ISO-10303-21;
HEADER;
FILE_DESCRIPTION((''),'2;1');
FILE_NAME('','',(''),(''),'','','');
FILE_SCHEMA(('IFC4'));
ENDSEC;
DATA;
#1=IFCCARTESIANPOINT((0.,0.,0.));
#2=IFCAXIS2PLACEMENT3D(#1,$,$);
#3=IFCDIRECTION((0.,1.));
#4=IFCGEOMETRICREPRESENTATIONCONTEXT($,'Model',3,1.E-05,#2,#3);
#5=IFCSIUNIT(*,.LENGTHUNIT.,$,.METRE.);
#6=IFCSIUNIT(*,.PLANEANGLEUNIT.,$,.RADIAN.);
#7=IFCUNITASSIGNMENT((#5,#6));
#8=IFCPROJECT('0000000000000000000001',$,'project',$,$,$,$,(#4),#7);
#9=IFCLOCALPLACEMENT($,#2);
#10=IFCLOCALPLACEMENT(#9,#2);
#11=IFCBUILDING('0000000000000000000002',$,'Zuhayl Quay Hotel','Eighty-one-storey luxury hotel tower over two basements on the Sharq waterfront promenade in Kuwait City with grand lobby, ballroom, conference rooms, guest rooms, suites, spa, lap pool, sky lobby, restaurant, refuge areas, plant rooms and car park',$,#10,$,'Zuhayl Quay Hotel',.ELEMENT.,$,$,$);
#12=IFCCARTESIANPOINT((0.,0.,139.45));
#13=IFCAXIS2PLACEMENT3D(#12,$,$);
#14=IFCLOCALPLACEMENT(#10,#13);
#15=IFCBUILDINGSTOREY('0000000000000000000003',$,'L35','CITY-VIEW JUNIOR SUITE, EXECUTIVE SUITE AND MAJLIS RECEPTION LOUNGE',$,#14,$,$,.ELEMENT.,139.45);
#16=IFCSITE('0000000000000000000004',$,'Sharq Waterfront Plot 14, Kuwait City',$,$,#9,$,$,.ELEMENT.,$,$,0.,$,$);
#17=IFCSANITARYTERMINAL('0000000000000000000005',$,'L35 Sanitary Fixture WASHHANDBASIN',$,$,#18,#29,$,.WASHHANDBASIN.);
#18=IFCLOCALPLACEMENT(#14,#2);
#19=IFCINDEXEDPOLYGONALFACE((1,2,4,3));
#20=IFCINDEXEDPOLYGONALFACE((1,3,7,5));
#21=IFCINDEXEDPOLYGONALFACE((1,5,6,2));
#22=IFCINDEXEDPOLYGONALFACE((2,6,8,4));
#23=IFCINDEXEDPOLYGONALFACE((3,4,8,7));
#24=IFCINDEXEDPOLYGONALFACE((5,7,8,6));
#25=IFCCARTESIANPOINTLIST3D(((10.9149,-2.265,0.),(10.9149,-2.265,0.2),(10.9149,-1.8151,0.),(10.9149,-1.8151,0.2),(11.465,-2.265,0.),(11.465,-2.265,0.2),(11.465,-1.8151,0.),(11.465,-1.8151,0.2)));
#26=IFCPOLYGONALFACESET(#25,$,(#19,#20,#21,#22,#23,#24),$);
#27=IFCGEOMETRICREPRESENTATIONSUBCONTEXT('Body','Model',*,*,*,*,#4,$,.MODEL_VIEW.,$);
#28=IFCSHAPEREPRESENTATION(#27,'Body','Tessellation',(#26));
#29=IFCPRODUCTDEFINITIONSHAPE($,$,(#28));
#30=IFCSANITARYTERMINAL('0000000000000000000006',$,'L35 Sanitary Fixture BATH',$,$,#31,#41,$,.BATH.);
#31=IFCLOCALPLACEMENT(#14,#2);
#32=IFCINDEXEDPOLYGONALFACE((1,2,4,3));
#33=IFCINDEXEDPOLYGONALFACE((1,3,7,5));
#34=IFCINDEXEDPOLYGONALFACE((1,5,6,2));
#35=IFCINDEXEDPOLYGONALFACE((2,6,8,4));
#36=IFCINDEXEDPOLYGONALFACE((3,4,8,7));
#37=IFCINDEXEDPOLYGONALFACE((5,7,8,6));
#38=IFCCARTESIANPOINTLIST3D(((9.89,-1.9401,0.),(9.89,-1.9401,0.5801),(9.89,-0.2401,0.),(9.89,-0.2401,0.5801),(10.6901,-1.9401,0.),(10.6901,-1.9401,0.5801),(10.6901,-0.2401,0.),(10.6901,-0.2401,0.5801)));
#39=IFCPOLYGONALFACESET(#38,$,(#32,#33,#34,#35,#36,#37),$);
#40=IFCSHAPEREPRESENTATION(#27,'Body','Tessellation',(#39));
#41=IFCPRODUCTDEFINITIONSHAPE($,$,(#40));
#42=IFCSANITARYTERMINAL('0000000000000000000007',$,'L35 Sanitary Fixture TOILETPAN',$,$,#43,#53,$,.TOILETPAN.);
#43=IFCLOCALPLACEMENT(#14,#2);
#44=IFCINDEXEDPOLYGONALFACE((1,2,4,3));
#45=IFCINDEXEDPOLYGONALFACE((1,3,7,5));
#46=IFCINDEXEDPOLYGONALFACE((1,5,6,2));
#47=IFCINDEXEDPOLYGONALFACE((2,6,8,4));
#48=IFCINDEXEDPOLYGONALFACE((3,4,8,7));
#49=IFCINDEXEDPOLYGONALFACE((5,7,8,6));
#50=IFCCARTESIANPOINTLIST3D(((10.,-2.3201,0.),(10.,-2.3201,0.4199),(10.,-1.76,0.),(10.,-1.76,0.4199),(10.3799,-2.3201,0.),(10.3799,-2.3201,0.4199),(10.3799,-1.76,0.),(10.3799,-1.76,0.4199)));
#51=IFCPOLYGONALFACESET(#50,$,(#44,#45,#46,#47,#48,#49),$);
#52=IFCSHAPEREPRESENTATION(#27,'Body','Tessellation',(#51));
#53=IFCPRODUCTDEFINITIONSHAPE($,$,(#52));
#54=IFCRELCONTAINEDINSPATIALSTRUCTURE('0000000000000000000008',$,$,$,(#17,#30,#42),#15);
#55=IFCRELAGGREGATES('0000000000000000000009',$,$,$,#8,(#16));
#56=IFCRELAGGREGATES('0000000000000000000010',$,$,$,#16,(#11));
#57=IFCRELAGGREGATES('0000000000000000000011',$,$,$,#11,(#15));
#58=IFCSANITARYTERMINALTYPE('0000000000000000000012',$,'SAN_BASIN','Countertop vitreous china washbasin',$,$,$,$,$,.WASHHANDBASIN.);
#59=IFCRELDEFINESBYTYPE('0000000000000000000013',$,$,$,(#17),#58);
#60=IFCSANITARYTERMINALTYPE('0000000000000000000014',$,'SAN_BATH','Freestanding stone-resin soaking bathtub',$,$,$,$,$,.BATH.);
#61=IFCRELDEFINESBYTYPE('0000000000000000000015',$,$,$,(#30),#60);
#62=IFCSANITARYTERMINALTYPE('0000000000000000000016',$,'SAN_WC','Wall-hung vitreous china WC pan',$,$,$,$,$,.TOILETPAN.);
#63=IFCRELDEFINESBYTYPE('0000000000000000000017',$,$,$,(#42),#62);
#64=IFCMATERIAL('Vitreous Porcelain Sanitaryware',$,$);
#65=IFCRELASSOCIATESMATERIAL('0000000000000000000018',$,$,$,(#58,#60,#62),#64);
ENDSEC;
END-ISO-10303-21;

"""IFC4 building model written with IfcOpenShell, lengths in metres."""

from ifc_helpers import new_model, si_unit, direction, frame, origin, origin_2d, place, context, subcontext, project, spatial, rectangle, extrude, material, type_object, element, save


model = new_model("IFC4")

# Units and contexts
model_context = context("Model", 3, precision=1e-05, world=origin(), true_north=direction((0.0, 1.0)))
body_context = subcontext(model_context, "Body", "Model", "MODEL_VIEW")
ifc_project = project(units=[si_unit("LENGTHUNIT", "METRE"), si_unit("PLANEANGLEUNIT", "RADIAN")], contexts=[model_context])

# Site, building, storey
site_placement = place(None, origin())
site = spatial("IfcSite", under=ifc_project, at=site_placement, Name="Sharq Waterfront Plot 14, Kuwait City", CompositionType="ELEMENT", RefElevation=0.0)
building_placement = place(site_placement, origin())
building = spatial("IfcBuilding", under=site, at=building_placement, Name="Zuhayl Quay Hotel", Description="Eighty-one-storey luxury hotel tower over two basements on the Sharq waterfront promenade in Kuwait City with grand lobby, ballroom, conference rooms, guest rooms, suites, spa, lap pool, sky lobby, restaurant, refuge areas, plant rooms and car park", LongName="Zuhayl Quay Hotel", CompositionType="ELEMENT")
storey_placement = place(building_placement, frame((0.0, 0.0, 139.45)))
storey = spatial("IfcBuildingStorey", under=building, at=storey_placement, Name="L35", Description="CITY-VIEW JUNIOR SUITE, EXECUTIVE SUITE AND MAJLIS RECEPTION LOUNGE", CompositionType="ELEMENT", Elevation=139.45)

# Sanitary terminals
ifc_material_1 = material(Name="Vitreous Porcelain Sanitaryware")
sanitary_terminal_type_1 = type_object("IfcSanitaryTerminalType", Name="SAN_BASIN", Description="Countertop vitreous china washbasin", PredefinedType="WASHHANDBASIN", material=ifc_material_1)
sanitary_terminal_1_placement = place(storey_placement, frame((11.1899, -2.04, 0.0), z_axis=(0.0, 0.0, 1.0), x_axis=(1.0, 0.0, 0.0)))
element("IfcSanitaryTerminal", 1, at=sanitary_terminal_1_placement, inside=storey, type_object=sanitary_terminal_type_1, Name="L35 Sanitary Fixture WASHHANDBASIN", PredefinedType="WASHHANDBASIN", context=body_context, shape_type="SweptSolid", body=[
    extrude(rectangle(XDim=0.55, YDim=0.45, at=origin_2d()), origin(), (0.0, 0.0, 1.0), 0.2),
])
sanitary_terminal_type_2 = type_object("IfcSanitaryTerminalType", Name="SAN_BATH", Description="Freestanding stone-resin soaking bathtub", PredefinedType="BATH", material=ifc_material_1)
sanitary_terminal_2_placement = place(storey_placement, frame((10.29, -1.0901, 0.0), z_axis=(0.0, 0.0, 1.0), x_axis=(1.0, 0.0, 0.0)))
element("IfcSanitaryTerminal", 2, at=sanitary_terminal_2_placement, inside=storey, type_object=sanitary_terminal_type_2, Name="L35 Sanitary Fixture BATH", PredefinedType="BATH", context=body_context, shape_type="SweptSolid", body=[
    extrude(rectangle(XDim=0.8, YDim=1.7, at=origin_2d()), origin(), (0.0, 0.0, 1.0), 0.5801),
])
sanitary_terminal_type_3 = type_object("IfcSanitaryTerminalType", Name="SAN_WC", Description="Wall-hung vitreous china WC pan", PredefinedType="TOILETPAN", material=ifc_material_1)
sanitary_terminal_3_placement = place(storey_placement, frame((10.1899, -2.04, 0.0), z_axis=(0.0, 0.0, 1.0), x_axis=(1.0, 0.0, 0.0)))
element("IfcSanitaryTerminal", 3, at=sanitary_terminal_3_placement, inside=storey, type_object=sanitary_terminal_type_3, Name="L35 Sanitary Fixture TOILETPAN", PredefinedType="TOILETPAN", context=body_context, shape_type="SweptSolid", body=[
    extrude(rectangle(XDim=0.3799, YDim=0.5601, at=origin_2d()), origin(), (0.0, 0.0, 1.0), 0.4199),
])

save(model, "model.ifc")
